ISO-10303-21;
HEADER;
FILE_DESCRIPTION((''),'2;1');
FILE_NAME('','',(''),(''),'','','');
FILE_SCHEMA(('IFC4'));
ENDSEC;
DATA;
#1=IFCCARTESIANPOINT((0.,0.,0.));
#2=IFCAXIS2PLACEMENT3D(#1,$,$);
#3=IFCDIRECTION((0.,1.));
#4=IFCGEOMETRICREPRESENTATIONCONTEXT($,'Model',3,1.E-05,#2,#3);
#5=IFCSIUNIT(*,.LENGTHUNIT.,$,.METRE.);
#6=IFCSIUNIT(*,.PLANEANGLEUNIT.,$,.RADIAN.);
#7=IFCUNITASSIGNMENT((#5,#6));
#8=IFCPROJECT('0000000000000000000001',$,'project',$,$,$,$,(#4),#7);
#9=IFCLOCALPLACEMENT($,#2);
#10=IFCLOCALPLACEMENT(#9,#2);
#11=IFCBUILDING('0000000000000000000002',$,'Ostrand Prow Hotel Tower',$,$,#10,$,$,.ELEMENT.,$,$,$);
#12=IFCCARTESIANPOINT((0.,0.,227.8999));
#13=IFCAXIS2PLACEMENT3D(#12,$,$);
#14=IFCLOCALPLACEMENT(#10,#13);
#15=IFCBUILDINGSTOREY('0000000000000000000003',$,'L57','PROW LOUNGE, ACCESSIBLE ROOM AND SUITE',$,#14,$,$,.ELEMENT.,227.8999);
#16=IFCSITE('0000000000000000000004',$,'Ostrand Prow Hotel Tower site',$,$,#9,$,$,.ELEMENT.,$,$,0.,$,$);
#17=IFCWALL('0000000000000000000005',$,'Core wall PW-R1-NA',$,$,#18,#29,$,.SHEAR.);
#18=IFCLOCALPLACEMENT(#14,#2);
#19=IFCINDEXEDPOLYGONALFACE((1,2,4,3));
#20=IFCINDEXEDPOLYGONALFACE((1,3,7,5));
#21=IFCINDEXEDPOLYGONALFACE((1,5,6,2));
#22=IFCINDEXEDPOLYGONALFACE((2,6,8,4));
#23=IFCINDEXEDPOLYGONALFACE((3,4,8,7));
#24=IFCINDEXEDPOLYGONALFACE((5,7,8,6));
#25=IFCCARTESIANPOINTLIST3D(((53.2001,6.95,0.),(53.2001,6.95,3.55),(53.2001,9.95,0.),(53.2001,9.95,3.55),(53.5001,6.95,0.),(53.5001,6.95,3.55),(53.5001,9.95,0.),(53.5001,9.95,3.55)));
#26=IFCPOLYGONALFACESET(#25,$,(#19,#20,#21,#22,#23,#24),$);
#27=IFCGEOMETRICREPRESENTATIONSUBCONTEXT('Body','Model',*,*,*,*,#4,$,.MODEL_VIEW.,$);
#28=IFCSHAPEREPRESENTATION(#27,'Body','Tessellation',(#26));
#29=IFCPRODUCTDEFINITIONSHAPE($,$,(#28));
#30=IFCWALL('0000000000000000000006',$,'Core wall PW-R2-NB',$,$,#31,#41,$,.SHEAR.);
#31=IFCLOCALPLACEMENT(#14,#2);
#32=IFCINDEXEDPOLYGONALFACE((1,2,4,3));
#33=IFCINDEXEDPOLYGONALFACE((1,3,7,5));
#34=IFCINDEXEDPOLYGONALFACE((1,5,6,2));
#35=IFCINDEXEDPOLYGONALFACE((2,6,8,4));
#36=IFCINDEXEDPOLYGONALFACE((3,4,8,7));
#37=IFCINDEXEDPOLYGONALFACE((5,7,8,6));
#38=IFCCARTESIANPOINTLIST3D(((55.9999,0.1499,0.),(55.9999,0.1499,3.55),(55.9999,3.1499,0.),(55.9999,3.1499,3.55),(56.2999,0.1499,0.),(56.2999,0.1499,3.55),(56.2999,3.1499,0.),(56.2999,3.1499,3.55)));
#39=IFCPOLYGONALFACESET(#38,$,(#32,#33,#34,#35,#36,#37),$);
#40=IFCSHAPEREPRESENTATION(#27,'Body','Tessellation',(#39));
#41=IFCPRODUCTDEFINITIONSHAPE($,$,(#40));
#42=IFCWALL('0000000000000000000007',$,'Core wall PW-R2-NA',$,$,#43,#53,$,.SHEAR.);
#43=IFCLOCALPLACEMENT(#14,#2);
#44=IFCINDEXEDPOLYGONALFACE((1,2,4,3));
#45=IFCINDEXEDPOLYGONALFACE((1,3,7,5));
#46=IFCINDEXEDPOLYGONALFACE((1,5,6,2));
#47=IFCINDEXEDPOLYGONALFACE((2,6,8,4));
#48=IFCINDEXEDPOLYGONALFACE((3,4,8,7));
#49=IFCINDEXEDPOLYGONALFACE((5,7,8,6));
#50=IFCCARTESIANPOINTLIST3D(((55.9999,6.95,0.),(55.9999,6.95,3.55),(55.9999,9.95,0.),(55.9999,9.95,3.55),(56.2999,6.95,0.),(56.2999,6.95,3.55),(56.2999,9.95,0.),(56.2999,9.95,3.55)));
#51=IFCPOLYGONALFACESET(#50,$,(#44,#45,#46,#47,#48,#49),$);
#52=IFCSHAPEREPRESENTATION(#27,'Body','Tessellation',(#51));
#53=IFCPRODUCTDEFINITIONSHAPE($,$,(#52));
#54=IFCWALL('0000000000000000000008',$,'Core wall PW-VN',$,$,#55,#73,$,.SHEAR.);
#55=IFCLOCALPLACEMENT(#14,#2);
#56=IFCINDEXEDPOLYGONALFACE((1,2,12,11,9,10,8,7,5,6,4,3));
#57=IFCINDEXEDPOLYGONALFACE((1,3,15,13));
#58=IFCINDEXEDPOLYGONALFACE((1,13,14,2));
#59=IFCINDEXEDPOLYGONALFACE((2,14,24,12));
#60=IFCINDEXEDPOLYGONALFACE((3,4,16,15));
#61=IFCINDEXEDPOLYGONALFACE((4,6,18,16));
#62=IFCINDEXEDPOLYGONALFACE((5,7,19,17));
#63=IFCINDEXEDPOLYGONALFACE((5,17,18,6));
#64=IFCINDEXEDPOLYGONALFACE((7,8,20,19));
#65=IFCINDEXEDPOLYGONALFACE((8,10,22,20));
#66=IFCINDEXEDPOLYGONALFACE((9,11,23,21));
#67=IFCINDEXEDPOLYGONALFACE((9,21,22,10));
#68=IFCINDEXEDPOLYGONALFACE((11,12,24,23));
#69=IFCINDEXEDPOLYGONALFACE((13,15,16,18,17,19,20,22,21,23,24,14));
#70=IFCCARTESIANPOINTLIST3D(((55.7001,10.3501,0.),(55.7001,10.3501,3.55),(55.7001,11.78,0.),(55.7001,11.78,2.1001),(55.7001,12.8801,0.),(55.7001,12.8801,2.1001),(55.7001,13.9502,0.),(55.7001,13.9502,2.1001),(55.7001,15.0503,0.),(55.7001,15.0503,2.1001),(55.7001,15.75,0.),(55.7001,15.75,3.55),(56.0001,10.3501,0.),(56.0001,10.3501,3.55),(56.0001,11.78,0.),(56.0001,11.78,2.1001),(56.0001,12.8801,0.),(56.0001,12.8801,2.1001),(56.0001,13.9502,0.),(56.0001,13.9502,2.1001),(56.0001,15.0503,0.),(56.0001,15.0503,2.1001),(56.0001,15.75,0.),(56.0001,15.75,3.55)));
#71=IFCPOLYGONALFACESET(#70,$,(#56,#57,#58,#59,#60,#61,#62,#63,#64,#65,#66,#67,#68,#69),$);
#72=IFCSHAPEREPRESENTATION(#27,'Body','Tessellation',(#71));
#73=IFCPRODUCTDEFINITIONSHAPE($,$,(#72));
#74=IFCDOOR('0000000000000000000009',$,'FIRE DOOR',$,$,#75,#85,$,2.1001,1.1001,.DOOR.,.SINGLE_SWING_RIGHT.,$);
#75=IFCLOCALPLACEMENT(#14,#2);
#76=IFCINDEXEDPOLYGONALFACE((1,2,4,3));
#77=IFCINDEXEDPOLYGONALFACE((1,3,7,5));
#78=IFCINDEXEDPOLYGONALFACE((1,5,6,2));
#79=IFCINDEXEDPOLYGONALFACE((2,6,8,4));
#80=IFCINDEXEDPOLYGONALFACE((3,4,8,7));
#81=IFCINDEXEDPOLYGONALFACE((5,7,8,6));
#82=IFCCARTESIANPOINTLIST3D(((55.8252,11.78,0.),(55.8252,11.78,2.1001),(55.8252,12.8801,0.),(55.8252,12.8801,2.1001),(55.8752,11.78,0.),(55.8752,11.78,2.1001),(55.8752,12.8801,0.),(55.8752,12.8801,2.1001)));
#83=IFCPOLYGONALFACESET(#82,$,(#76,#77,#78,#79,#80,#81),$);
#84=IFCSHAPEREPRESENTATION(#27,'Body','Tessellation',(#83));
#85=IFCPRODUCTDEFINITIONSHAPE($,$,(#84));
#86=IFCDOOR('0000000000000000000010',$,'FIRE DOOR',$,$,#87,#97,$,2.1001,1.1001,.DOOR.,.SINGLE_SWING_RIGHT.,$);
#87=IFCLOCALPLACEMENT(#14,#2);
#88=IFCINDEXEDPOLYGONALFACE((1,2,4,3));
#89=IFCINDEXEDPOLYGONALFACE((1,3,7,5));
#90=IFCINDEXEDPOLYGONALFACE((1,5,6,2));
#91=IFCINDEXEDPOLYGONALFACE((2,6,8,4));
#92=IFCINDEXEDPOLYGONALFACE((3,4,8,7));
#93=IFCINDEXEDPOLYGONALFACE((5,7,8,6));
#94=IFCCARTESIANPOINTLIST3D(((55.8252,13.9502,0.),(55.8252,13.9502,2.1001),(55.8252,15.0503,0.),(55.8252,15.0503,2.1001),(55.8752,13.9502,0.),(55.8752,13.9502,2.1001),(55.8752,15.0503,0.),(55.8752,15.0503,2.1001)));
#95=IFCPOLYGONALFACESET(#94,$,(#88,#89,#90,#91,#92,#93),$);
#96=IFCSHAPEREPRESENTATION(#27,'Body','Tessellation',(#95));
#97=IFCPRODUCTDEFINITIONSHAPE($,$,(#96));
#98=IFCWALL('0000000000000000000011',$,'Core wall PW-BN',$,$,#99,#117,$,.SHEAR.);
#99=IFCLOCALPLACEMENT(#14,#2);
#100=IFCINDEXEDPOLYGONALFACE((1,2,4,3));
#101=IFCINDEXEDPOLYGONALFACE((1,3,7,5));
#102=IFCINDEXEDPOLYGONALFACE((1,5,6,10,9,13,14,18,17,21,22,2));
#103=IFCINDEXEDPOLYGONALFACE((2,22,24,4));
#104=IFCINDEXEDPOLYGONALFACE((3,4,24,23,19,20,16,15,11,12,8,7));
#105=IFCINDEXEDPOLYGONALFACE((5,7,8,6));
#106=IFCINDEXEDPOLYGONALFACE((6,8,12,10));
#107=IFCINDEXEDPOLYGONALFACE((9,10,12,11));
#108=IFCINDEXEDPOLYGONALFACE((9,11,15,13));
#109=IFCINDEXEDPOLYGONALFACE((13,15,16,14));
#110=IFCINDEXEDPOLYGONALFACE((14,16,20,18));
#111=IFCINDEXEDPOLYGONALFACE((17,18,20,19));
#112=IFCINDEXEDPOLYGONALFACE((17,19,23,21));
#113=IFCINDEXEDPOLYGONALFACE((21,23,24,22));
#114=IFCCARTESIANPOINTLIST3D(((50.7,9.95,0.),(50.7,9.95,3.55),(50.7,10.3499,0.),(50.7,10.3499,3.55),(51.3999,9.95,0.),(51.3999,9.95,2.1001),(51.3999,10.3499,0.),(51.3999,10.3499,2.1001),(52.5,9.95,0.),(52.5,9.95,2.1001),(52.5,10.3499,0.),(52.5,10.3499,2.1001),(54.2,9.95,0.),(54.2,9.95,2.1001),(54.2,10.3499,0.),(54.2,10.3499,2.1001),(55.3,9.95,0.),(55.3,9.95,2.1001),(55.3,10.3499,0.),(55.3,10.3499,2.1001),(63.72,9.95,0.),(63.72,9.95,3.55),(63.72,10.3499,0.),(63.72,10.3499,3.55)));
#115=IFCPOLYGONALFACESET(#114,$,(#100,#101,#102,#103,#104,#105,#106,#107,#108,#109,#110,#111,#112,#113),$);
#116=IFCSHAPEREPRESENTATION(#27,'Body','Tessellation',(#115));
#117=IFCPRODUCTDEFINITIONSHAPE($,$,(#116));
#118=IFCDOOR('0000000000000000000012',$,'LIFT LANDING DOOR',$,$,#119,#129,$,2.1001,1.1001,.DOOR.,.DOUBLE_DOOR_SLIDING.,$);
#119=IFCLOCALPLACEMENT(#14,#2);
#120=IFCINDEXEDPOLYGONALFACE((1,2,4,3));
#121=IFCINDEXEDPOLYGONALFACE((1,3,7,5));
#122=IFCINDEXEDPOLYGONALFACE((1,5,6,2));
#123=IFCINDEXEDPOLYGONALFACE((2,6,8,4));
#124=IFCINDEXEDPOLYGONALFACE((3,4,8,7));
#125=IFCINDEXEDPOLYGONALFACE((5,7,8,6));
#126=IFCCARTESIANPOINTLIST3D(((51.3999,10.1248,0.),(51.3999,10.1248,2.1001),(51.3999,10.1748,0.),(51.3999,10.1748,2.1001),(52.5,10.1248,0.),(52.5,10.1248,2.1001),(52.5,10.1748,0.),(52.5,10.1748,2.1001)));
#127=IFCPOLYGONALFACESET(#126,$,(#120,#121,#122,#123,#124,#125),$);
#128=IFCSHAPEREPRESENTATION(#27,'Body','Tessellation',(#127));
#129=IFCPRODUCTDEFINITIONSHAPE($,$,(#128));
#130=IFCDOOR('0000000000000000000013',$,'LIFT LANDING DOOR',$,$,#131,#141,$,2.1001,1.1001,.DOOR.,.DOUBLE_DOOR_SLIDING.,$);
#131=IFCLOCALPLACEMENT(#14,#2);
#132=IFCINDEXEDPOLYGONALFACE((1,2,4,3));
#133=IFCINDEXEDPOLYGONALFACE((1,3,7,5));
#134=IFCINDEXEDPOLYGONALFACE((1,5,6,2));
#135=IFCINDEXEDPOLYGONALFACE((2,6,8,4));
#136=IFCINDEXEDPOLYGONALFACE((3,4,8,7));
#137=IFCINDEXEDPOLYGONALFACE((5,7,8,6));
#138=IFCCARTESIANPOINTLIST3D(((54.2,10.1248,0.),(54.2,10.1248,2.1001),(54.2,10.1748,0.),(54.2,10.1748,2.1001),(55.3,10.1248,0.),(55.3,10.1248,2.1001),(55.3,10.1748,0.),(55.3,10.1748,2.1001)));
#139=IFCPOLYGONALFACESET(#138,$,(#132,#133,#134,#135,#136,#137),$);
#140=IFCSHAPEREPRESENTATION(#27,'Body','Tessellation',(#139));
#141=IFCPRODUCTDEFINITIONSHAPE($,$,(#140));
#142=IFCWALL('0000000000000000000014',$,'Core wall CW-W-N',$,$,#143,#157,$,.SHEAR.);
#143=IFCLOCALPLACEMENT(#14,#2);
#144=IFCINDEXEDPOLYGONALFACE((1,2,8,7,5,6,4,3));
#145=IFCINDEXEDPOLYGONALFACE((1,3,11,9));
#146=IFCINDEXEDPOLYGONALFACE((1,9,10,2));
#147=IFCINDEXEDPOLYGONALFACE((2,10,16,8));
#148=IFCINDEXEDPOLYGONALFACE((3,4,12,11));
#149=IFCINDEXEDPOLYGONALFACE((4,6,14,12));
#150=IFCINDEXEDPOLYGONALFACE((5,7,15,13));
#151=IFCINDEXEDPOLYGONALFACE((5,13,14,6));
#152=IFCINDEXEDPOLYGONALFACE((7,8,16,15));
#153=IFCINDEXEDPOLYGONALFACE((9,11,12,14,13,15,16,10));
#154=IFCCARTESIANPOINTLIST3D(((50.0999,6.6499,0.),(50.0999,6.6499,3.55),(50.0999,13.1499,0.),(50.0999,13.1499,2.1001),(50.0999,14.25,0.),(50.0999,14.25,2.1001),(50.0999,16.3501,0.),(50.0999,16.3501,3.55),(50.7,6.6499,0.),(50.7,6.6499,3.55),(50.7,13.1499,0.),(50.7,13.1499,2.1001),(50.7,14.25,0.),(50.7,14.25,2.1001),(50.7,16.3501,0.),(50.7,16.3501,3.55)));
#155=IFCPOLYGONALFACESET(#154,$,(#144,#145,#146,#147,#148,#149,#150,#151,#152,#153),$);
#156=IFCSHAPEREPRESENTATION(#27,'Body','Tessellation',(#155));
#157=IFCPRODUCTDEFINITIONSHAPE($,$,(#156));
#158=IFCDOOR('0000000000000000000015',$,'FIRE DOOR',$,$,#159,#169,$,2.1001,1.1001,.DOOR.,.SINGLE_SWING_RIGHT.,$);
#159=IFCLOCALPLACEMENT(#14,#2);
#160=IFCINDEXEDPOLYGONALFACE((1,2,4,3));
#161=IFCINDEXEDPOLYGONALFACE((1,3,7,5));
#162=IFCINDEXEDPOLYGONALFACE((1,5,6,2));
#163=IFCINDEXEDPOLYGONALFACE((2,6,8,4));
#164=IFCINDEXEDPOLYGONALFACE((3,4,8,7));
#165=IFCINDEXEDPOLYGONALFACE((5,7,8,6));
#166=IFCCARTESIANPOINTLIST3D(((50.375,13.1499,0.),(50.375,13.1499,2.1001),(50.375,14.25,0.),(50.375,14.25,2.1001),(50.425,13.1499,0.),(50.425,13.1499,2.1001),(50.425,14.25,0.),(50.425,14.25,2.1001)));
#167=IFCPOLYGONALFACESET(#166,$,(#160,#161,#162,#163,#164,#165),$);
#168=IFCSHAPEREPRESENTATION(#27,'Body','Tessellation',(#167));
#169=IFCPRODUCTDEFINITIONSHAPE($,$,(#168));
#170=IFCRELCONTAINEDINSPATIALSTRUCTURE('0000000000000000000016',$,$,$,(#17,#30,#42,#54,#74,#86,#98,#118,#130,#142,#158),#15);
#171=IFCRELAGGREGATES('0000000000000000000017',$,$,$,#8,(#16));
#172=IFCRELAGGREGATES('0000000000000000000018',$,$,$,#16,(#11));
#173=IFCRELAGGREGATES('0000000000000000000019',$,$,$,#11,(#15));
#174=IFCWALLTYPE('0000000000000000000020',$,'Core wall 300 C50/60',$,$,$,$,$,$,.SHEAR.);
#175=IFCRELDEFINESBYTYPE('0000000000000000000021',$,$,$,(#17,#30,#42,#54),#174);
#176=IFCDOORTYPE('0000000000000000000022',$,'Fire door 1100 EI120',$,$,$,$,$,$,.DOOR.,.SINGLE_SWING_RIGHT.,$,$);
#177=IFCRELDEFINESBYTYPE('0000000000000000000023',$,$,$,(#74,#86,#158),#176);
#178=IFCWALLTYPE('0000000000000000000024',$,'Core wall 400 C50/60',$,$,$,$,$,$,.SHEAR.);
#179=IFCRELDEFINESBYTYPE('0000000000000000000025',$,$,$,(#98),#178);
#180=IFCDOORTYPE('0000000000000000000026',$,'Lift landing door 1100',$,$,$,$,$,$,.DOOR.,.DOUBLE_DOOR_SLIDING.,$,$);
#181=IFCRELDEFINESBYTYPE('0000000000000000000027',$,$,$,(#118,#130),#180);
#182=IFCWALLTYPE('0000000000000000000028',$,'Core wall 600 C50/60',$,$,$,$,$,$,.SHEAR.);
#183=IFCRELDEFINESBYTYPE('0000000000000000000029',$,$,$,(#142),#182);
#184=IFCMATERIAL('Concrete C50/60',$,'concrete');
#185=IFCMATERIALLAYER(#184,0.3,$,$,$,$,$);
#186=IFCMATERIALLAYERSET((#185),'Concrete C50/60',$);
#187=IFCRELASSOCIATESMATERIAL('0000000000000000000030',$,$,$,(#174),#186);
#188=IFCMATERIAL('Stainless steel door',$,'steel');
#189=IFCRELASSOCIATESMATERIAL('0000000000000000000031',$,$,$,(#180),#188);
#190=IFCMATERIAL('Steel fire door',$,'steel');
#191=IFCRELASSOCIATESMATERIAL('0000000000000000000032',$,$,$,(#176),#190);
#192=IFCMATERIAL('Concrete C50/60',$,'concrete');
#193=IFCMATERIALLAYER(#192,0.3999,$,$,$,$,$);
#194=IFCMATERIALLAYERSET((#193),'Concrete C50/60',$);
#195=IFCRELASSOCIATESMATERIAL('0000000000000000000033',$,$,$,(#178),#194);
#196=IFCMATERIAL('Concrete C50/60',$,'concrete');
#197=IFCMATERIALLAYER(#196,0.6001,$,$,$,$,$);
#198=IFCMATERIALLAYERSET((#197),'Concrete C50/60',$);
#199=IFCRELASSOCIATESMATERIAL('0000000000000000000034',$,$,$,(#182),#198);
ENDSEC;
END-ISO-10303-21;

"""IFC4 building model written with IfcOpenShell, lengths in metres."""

from ifc_helpers import new_model, si_unit, direction, frame, frame_2d, origin, place, context, subcontext, project, spatial, rectangle, extrude, material, layer, layer_set, type_object, element, fill, save


model = new_model("IFC4")

# Units and contexts
model_context = context("Model", 3, precision=1e-05, world=origin(), true_north=direction((0.0, 1.0)))
body_context = subcontext(model_context, "Body", "Model", "MODEL_VIEW")
ifc_project = project(units=[si_unit("LENGTHUNIT", "METRE"), si_unit("PLANEANGLEUNIT", "RADIAN")], contexts=[model_context])

# Site, building, storey
site_placement = place(None, origin())
site = spatial("IfcSite", under=ifc_project, at=site_placement, Name="Ostrand Prow Hotel Tower site", CompositionType="ELEMENT", RefElevation=0.0)
building_placement = place(site_placement, origin())
building = spatial("IfcBuilding", under=site, at=building_placement, Name="Ostrand Prow Hotel Tower", CompositionType="ELEMENT")
storey_placement = place(building_placement, frame((0.0, 0.0, 227.8999)))
storey = spatial("IfcBuildingStorey", under=building, at=storey_placement, Name="L57", Description="PROW LOUNGE, ACCESSIBLE ROOM AND SUITE", CompositionType="ELEMENT", Elevation=227.8999)

# Shared definitions
ifc_material_1 = material(Name="Concrete C50/60", Category="concrete")
ifc_layer_1 = layer(ifc_material_1, 0.3)
ifc_layer_set_1 = layer_set([ifc_layer_1], Name="Concrete C50/60")
wall_type_1 = type_object("IfcWallType", Name="Core wall 300 C50/60", PredefinedType="SHEAR", material=ifc_layer_set_1)
ifc_material_2 = material(Name="Stainless steel door", Category="steel")
door_type_1 = type_object("IfcDoorType", Name="Lift landing door 1100", OperationType="DOUBLE_DOOR_SLIDING", PredefinedType="DOOR", material=ifc_material_2)

# Walls
for number, where, z_axis, x_axis, name in (
    (1, (53.3501, 6.95, 0.0), (0.0, 0.0, 1.0), (0.0, 1.0, 0.0), "Core wall PW-R1-NA"),
    (2, (56.1499, 0.1499, 0.0), (0.0, 0.0, 1.0), (0.0, 1.0, 0.0), "Core wall PW-R2-NB"),
    (3, (56.1499, 6.95, 0.0), (0.0, 0.0, 1.0), (0.0, 1.0, 0.0), "Core wall PW-R2-NA"),
):
    element("IfcWall", number, at=place(storey_placement, frame(where, z_axis=z_axis, x_axis=x_axis)), inside=storey, type_object=wall_type_1, Name=name, PredefinedType="SHEAR", context=body_context, shape_type="SweptSolid", body=[
        extrude(rectangle(XDim=3.0, YDim=0.3, at=frame_2d((1.5, 0.0))), origin(), (0.0, 0.0, 1.0), 3.55),
    ])

# Walls, openings, doors
wall_1_placement = place(storey_placement, frame((55.8501, 10.3501, 0.0), z_axis=(0.0, 0.0, 1.0), x_axis=(0.0, 1.0, 0.0)))
wall_1 = element("IfcWall", 4, at=wall_1_placement, inside=storey, type_object=wall_type_1, Name="Core wall PW-VN", PredefinedType="SHEAR", context=body_context, shape_type="SweptSolid", body=[
    extrude(rectangle(XDim=5.3999, YDim=0.3, at=frame_2d((2.7, 0.0))), origin(), (0.0, 0.0, 1.0), 3.55),
])
opening_1_placement = place(wall_1_placement, frame((1.4299, 0.0, 0.0)))
opening_1 = element("IfcOpeningElement", 5, at=opening_1_placement, cuts=wall_1, PredefinedType="OPENING", context=body_context, shape_type="SweptSolid", body=[
    extrude(rectangle(XDim=1.1001, YDim=2.1001, at=frame_2d((0.55, 1.05))), frame((0.0, 0.1599, 0.0), z_axis=(0.0, -1.0, 0.0), x_axis=(1.0, 0.0, 0.0)), (0.0, 0.0, 1.0), 0.3201),
])
opening_2_placement = place(wall_1_placement, frame((3.6001, 0.0, 0.0)))
opening_2 = element("IfcOpeningElement", 6, at=opening_2_placement, cuts=wall_1, PredefinedType="OPENING", context=body_context, shape_type="SweptSolid", body=[
    extrude(rectangle(XDim=1.1001, YDim=2.1001, at=frame_2d((0.55, 1.05))), frame((0.0, 0.1599, 0.0), z_axis=(0.0, -1.0, 0.0), x_axis=(1.0, 0.0, 0.0)), (0.0, 0.0, 1.0), 0.3201),
])
ifc_material_3 = material(Name="Steel fire door", Category="steel")
door_type_2 = type_object("IfcDoorType", Name="Fire door 1100 EI120", OperationType="SINGLE_SWING_RIGHT", PredefinedType="DOOR", material=ifc_material_3)
door_1_placement = place(opening_1_placement, origin())
door_1 = element("IfcDoor", 7, at=door_1_placement, inside=storey, type_object=door_type_2, Name="FIRE DOOR", OperationType="SINGLE_SWING_RIGHT", OverallHeight=2.1001, OverallWidth=1.1001, PredefinedType="DOOR", context=body_context, shape_type="SweptSolid", body=[
    extrude(rectangle(XDim=1.1001, YDim=2.1001, at=frame_2d((0.55, 1.05))), frame((0.0, 0.0249, 0.0), z_axis=(0.0, -1.0, 0.0), x_axis=(1.0, 0.0, 0.0)), (0.0, 0.0, 1.0), 0.05),
])
fill(opening_1, door_1)
door_2_placement = place(opening_2_placement, origin())
door_2 = element("IfcDoor", 8, at=door_2_placement, inside=storey, type_object=door_type_2, Name="FIRE DOOR", OperationType="SINGLE_SWING_RIGHT", OverallHeight=2.1001, OverallWidth=1.1001, PredefinedType="DOOR", context=body_context, shape_type="SweptSolid", body=[
    extrude(rectangle(XDim=1.1001, YDim=2.1001, at=frame_2d((0.55, 1.05))), frame((0.0, 0.0249, 0.0), z_axis=(0.0, -1.0, 0.0), x_axis=(1.0, 0.0, 0.0)), (0.0, 0.0, 1.0), 0.05),
])
fill(opening_2, door_2)
ifc_material_4 = material(Name="Concrete C50/60", Category="concrete")
ifc_layer_2 = layer(ifc_material_4, 0.3999)
ifc_layer_set_2 = layer_set([ifc_layer_2], Name="Concrete C50/60")
wall_type_2 = type_object("IfcWallType", Name="Core wall 400 C50/60", PredefinedType="SHEAR", material=ifc_layer_set_2)
wall_2_placement = place(storey_placement, frame((50.7, 10.1499, 0.0), z_axis=(0.0, 0.0, 1.0), x_axis=(1.0, 0.0, 0.0)))
wall_2 = element("IfcWall", 9, at=wall_2_placement, inside=storey, type_object=wall_type_2, Name="Core wall PW-BN", PredefinedType="SHEAR", context=body_context, shape_type="SweptSolid", body=[
    extrude(rectangle(XDim=13.02, YDim=0.3999, at=frame_2d((6.51, 0.0))), origin(), (0.0, 0.0, 1.0), 3.55),
])
opening_3_placement = place(wall_2_placement, frame((0.7, 0.0, 0.0)))
opening_3 = element("IfcOpeningElement", 10, at=opening_3_placement, cuts=wall_2, PredefinedType="OPENING", context=body_context, shape_type="SweptSolid", body=[
    extrude(rectangle(XDim=1.1001, YDim=2.1001, at=frame_2d((0.55, 1.05))), frame((0.0, 0.21, 0.0), z_axis=(0.0, -1.0, 0.0), x_axis=(1.0, 0.0, 0.0)), (0.0, 0.0, 1.0), 0.4199),
])
opening_4_placement = place(wall_2_placement, frame((3.5, 0.0, 0.0)))
opening_4 = element("IfcOpeningElement", 11, at=opening_4_placement, cuts=wall_2, PredefinedType="OPENING", context=body_context, shape_type="SweptSolid", body=[
    extrude(rectangle(XDim=1.1001, YDim=2.1001, at=frame_2d((0.55, 1.05))), frame((0.0, 0.21, 0.0), z_axis=(0.0, -1.0, 0.0), x_axis=(1.0, 0.0, 0.0)), (0.0, 0.0, 1.0), 0.4199),
])
door_3_placement = place(opening_3_placement, origin())
door_3 = element("IfcDoor", 12, at=door_3_placement, inside=storey, type_object=door_type_1, Name="LIFT LANDING DOOR", OperationType="DOUBLE_DOOR_SLIDING", OverallHeight=2.1001, OverallWidth=1.1001, PredefinedType="DOOR", context=body_context, shape_type="SweptSolid", body=[
    extrude(rectangle(XDim=1.1001, YDim=2.1001, at=frame_2d((0.55, 1.05))), frame((0.0, 0.0249, 0.0), z_axis=(0.0, -1.0, 0.0), x_axis=(1.0, 0.0, 0.0)), (0.0, 0.0, 1.0), 0.05),
])
fill(opening_3, door_3)
door_4_placement = place(opening_4_placement, origin())
door_4 = element("IfcDoor", 13, at=door_4_placement, inside=storey, type_object=door_type_1, Name="LIFT LANDING DOOR", OperationType="DOUBLE_DOOR_SLIDING", OverallHeight=2.1001, OverallWidth=1.1001, PredefinedType="DOOR", context=body_context, shape_type="SweptSolid", body=[
    extrude(rectangle(XDim=1.1001, YDim=2.1001, at=frame_2d((0.55, 1.05))), frame((0.0, 0.0249, 0.0), z_axis=(0.0, -1.0, 0.0), x_axis=(1.0, 0.0, 0.0)), (0.0, 0.0, 1.0), 0.05),
])
fill(opening_4, door_4)

# Wall, opening, door
ifc_material_5 = material(Name="Concrete C50/60", Category="concrete")
ifc_layer_3 = layer(ifc_material_5, 0.6001)
ifc_layer_set_3 = layer_set([ifc_layer_3], Name="Concrete C50/60")
wall_type_3 = type_object("IfcWallType", Name="Core wall 600 C50/60", PredefinedType="SHEAR", material=ifc_layer_set_3)
wall_3_placement = place(storey_placement, frame((50.3999, 6.6499, 0.0), z_axis=(0.0, 0.0, 1.0), x_axis=(0.0, 1.0, 0.0)))
wall_3 = element("IfcWall", 14, at=wall_3_placement, inside=storey, type_object=wall_type_3, Name="Core wall CW-W-N", PredefinedType="SHEAR", context=body_context, shape_type="SweptSolid", body=[
    extrude(rectangle(XDim=9.7002, YDim=0.6001, at=frame_2d((4.8501, 0.0))), origin(), (0.0, 0.0, 1.0), 3.55),
])
opening_5_placement = place(wall_3_placement, frame((6.5, 0.0, 0.0)))
opening_5 = element("IfcOpeningElement", 15, at=opening_5_placement, cuts=wall_3, PredefinedType="OPENING", context=body_context, shape_type="SweptSolid", body=[
    extrude(rectangle(XDim=1.1001, YDim=2.1001, at=frame_2d((0.55, 1.05))), frame((0.0, 0.3101, 0.0), z_axis=(0.0, -1.0, 0.0), x_axis=(1.0, 0.0, 0.0)), (0.0, 0.0, 1.0), 0.6201),
])
door_5_placement = place(opening_5_placement, origin())
door_5 = element("IfcDoor", 16, at=door_5_placement, inside=storey, type_object=door_type_2, Name="FIRE DOOR", OperationType="SINGLE_SWING_RIGHT", OverallHeight=2.1001, OverallWidth=1.1001, PredefinedType="DOOR", context=body_context, shape_type="SweptSolid", body=[
    extrude(rectangle(XDim=1.1001, YDim=2.1001, at=frame_2d((0.55, 1.05))), frame((0.0, 0.0249, 0.0), z_axis=(0.0, -1.0, 0.0), x_axis=(1.0, 0.0, 0.0)), (0.0, 0.0, 1.0), 0.05),
])
fill(opening_5, door_5)

save(model, "model.ifc")
